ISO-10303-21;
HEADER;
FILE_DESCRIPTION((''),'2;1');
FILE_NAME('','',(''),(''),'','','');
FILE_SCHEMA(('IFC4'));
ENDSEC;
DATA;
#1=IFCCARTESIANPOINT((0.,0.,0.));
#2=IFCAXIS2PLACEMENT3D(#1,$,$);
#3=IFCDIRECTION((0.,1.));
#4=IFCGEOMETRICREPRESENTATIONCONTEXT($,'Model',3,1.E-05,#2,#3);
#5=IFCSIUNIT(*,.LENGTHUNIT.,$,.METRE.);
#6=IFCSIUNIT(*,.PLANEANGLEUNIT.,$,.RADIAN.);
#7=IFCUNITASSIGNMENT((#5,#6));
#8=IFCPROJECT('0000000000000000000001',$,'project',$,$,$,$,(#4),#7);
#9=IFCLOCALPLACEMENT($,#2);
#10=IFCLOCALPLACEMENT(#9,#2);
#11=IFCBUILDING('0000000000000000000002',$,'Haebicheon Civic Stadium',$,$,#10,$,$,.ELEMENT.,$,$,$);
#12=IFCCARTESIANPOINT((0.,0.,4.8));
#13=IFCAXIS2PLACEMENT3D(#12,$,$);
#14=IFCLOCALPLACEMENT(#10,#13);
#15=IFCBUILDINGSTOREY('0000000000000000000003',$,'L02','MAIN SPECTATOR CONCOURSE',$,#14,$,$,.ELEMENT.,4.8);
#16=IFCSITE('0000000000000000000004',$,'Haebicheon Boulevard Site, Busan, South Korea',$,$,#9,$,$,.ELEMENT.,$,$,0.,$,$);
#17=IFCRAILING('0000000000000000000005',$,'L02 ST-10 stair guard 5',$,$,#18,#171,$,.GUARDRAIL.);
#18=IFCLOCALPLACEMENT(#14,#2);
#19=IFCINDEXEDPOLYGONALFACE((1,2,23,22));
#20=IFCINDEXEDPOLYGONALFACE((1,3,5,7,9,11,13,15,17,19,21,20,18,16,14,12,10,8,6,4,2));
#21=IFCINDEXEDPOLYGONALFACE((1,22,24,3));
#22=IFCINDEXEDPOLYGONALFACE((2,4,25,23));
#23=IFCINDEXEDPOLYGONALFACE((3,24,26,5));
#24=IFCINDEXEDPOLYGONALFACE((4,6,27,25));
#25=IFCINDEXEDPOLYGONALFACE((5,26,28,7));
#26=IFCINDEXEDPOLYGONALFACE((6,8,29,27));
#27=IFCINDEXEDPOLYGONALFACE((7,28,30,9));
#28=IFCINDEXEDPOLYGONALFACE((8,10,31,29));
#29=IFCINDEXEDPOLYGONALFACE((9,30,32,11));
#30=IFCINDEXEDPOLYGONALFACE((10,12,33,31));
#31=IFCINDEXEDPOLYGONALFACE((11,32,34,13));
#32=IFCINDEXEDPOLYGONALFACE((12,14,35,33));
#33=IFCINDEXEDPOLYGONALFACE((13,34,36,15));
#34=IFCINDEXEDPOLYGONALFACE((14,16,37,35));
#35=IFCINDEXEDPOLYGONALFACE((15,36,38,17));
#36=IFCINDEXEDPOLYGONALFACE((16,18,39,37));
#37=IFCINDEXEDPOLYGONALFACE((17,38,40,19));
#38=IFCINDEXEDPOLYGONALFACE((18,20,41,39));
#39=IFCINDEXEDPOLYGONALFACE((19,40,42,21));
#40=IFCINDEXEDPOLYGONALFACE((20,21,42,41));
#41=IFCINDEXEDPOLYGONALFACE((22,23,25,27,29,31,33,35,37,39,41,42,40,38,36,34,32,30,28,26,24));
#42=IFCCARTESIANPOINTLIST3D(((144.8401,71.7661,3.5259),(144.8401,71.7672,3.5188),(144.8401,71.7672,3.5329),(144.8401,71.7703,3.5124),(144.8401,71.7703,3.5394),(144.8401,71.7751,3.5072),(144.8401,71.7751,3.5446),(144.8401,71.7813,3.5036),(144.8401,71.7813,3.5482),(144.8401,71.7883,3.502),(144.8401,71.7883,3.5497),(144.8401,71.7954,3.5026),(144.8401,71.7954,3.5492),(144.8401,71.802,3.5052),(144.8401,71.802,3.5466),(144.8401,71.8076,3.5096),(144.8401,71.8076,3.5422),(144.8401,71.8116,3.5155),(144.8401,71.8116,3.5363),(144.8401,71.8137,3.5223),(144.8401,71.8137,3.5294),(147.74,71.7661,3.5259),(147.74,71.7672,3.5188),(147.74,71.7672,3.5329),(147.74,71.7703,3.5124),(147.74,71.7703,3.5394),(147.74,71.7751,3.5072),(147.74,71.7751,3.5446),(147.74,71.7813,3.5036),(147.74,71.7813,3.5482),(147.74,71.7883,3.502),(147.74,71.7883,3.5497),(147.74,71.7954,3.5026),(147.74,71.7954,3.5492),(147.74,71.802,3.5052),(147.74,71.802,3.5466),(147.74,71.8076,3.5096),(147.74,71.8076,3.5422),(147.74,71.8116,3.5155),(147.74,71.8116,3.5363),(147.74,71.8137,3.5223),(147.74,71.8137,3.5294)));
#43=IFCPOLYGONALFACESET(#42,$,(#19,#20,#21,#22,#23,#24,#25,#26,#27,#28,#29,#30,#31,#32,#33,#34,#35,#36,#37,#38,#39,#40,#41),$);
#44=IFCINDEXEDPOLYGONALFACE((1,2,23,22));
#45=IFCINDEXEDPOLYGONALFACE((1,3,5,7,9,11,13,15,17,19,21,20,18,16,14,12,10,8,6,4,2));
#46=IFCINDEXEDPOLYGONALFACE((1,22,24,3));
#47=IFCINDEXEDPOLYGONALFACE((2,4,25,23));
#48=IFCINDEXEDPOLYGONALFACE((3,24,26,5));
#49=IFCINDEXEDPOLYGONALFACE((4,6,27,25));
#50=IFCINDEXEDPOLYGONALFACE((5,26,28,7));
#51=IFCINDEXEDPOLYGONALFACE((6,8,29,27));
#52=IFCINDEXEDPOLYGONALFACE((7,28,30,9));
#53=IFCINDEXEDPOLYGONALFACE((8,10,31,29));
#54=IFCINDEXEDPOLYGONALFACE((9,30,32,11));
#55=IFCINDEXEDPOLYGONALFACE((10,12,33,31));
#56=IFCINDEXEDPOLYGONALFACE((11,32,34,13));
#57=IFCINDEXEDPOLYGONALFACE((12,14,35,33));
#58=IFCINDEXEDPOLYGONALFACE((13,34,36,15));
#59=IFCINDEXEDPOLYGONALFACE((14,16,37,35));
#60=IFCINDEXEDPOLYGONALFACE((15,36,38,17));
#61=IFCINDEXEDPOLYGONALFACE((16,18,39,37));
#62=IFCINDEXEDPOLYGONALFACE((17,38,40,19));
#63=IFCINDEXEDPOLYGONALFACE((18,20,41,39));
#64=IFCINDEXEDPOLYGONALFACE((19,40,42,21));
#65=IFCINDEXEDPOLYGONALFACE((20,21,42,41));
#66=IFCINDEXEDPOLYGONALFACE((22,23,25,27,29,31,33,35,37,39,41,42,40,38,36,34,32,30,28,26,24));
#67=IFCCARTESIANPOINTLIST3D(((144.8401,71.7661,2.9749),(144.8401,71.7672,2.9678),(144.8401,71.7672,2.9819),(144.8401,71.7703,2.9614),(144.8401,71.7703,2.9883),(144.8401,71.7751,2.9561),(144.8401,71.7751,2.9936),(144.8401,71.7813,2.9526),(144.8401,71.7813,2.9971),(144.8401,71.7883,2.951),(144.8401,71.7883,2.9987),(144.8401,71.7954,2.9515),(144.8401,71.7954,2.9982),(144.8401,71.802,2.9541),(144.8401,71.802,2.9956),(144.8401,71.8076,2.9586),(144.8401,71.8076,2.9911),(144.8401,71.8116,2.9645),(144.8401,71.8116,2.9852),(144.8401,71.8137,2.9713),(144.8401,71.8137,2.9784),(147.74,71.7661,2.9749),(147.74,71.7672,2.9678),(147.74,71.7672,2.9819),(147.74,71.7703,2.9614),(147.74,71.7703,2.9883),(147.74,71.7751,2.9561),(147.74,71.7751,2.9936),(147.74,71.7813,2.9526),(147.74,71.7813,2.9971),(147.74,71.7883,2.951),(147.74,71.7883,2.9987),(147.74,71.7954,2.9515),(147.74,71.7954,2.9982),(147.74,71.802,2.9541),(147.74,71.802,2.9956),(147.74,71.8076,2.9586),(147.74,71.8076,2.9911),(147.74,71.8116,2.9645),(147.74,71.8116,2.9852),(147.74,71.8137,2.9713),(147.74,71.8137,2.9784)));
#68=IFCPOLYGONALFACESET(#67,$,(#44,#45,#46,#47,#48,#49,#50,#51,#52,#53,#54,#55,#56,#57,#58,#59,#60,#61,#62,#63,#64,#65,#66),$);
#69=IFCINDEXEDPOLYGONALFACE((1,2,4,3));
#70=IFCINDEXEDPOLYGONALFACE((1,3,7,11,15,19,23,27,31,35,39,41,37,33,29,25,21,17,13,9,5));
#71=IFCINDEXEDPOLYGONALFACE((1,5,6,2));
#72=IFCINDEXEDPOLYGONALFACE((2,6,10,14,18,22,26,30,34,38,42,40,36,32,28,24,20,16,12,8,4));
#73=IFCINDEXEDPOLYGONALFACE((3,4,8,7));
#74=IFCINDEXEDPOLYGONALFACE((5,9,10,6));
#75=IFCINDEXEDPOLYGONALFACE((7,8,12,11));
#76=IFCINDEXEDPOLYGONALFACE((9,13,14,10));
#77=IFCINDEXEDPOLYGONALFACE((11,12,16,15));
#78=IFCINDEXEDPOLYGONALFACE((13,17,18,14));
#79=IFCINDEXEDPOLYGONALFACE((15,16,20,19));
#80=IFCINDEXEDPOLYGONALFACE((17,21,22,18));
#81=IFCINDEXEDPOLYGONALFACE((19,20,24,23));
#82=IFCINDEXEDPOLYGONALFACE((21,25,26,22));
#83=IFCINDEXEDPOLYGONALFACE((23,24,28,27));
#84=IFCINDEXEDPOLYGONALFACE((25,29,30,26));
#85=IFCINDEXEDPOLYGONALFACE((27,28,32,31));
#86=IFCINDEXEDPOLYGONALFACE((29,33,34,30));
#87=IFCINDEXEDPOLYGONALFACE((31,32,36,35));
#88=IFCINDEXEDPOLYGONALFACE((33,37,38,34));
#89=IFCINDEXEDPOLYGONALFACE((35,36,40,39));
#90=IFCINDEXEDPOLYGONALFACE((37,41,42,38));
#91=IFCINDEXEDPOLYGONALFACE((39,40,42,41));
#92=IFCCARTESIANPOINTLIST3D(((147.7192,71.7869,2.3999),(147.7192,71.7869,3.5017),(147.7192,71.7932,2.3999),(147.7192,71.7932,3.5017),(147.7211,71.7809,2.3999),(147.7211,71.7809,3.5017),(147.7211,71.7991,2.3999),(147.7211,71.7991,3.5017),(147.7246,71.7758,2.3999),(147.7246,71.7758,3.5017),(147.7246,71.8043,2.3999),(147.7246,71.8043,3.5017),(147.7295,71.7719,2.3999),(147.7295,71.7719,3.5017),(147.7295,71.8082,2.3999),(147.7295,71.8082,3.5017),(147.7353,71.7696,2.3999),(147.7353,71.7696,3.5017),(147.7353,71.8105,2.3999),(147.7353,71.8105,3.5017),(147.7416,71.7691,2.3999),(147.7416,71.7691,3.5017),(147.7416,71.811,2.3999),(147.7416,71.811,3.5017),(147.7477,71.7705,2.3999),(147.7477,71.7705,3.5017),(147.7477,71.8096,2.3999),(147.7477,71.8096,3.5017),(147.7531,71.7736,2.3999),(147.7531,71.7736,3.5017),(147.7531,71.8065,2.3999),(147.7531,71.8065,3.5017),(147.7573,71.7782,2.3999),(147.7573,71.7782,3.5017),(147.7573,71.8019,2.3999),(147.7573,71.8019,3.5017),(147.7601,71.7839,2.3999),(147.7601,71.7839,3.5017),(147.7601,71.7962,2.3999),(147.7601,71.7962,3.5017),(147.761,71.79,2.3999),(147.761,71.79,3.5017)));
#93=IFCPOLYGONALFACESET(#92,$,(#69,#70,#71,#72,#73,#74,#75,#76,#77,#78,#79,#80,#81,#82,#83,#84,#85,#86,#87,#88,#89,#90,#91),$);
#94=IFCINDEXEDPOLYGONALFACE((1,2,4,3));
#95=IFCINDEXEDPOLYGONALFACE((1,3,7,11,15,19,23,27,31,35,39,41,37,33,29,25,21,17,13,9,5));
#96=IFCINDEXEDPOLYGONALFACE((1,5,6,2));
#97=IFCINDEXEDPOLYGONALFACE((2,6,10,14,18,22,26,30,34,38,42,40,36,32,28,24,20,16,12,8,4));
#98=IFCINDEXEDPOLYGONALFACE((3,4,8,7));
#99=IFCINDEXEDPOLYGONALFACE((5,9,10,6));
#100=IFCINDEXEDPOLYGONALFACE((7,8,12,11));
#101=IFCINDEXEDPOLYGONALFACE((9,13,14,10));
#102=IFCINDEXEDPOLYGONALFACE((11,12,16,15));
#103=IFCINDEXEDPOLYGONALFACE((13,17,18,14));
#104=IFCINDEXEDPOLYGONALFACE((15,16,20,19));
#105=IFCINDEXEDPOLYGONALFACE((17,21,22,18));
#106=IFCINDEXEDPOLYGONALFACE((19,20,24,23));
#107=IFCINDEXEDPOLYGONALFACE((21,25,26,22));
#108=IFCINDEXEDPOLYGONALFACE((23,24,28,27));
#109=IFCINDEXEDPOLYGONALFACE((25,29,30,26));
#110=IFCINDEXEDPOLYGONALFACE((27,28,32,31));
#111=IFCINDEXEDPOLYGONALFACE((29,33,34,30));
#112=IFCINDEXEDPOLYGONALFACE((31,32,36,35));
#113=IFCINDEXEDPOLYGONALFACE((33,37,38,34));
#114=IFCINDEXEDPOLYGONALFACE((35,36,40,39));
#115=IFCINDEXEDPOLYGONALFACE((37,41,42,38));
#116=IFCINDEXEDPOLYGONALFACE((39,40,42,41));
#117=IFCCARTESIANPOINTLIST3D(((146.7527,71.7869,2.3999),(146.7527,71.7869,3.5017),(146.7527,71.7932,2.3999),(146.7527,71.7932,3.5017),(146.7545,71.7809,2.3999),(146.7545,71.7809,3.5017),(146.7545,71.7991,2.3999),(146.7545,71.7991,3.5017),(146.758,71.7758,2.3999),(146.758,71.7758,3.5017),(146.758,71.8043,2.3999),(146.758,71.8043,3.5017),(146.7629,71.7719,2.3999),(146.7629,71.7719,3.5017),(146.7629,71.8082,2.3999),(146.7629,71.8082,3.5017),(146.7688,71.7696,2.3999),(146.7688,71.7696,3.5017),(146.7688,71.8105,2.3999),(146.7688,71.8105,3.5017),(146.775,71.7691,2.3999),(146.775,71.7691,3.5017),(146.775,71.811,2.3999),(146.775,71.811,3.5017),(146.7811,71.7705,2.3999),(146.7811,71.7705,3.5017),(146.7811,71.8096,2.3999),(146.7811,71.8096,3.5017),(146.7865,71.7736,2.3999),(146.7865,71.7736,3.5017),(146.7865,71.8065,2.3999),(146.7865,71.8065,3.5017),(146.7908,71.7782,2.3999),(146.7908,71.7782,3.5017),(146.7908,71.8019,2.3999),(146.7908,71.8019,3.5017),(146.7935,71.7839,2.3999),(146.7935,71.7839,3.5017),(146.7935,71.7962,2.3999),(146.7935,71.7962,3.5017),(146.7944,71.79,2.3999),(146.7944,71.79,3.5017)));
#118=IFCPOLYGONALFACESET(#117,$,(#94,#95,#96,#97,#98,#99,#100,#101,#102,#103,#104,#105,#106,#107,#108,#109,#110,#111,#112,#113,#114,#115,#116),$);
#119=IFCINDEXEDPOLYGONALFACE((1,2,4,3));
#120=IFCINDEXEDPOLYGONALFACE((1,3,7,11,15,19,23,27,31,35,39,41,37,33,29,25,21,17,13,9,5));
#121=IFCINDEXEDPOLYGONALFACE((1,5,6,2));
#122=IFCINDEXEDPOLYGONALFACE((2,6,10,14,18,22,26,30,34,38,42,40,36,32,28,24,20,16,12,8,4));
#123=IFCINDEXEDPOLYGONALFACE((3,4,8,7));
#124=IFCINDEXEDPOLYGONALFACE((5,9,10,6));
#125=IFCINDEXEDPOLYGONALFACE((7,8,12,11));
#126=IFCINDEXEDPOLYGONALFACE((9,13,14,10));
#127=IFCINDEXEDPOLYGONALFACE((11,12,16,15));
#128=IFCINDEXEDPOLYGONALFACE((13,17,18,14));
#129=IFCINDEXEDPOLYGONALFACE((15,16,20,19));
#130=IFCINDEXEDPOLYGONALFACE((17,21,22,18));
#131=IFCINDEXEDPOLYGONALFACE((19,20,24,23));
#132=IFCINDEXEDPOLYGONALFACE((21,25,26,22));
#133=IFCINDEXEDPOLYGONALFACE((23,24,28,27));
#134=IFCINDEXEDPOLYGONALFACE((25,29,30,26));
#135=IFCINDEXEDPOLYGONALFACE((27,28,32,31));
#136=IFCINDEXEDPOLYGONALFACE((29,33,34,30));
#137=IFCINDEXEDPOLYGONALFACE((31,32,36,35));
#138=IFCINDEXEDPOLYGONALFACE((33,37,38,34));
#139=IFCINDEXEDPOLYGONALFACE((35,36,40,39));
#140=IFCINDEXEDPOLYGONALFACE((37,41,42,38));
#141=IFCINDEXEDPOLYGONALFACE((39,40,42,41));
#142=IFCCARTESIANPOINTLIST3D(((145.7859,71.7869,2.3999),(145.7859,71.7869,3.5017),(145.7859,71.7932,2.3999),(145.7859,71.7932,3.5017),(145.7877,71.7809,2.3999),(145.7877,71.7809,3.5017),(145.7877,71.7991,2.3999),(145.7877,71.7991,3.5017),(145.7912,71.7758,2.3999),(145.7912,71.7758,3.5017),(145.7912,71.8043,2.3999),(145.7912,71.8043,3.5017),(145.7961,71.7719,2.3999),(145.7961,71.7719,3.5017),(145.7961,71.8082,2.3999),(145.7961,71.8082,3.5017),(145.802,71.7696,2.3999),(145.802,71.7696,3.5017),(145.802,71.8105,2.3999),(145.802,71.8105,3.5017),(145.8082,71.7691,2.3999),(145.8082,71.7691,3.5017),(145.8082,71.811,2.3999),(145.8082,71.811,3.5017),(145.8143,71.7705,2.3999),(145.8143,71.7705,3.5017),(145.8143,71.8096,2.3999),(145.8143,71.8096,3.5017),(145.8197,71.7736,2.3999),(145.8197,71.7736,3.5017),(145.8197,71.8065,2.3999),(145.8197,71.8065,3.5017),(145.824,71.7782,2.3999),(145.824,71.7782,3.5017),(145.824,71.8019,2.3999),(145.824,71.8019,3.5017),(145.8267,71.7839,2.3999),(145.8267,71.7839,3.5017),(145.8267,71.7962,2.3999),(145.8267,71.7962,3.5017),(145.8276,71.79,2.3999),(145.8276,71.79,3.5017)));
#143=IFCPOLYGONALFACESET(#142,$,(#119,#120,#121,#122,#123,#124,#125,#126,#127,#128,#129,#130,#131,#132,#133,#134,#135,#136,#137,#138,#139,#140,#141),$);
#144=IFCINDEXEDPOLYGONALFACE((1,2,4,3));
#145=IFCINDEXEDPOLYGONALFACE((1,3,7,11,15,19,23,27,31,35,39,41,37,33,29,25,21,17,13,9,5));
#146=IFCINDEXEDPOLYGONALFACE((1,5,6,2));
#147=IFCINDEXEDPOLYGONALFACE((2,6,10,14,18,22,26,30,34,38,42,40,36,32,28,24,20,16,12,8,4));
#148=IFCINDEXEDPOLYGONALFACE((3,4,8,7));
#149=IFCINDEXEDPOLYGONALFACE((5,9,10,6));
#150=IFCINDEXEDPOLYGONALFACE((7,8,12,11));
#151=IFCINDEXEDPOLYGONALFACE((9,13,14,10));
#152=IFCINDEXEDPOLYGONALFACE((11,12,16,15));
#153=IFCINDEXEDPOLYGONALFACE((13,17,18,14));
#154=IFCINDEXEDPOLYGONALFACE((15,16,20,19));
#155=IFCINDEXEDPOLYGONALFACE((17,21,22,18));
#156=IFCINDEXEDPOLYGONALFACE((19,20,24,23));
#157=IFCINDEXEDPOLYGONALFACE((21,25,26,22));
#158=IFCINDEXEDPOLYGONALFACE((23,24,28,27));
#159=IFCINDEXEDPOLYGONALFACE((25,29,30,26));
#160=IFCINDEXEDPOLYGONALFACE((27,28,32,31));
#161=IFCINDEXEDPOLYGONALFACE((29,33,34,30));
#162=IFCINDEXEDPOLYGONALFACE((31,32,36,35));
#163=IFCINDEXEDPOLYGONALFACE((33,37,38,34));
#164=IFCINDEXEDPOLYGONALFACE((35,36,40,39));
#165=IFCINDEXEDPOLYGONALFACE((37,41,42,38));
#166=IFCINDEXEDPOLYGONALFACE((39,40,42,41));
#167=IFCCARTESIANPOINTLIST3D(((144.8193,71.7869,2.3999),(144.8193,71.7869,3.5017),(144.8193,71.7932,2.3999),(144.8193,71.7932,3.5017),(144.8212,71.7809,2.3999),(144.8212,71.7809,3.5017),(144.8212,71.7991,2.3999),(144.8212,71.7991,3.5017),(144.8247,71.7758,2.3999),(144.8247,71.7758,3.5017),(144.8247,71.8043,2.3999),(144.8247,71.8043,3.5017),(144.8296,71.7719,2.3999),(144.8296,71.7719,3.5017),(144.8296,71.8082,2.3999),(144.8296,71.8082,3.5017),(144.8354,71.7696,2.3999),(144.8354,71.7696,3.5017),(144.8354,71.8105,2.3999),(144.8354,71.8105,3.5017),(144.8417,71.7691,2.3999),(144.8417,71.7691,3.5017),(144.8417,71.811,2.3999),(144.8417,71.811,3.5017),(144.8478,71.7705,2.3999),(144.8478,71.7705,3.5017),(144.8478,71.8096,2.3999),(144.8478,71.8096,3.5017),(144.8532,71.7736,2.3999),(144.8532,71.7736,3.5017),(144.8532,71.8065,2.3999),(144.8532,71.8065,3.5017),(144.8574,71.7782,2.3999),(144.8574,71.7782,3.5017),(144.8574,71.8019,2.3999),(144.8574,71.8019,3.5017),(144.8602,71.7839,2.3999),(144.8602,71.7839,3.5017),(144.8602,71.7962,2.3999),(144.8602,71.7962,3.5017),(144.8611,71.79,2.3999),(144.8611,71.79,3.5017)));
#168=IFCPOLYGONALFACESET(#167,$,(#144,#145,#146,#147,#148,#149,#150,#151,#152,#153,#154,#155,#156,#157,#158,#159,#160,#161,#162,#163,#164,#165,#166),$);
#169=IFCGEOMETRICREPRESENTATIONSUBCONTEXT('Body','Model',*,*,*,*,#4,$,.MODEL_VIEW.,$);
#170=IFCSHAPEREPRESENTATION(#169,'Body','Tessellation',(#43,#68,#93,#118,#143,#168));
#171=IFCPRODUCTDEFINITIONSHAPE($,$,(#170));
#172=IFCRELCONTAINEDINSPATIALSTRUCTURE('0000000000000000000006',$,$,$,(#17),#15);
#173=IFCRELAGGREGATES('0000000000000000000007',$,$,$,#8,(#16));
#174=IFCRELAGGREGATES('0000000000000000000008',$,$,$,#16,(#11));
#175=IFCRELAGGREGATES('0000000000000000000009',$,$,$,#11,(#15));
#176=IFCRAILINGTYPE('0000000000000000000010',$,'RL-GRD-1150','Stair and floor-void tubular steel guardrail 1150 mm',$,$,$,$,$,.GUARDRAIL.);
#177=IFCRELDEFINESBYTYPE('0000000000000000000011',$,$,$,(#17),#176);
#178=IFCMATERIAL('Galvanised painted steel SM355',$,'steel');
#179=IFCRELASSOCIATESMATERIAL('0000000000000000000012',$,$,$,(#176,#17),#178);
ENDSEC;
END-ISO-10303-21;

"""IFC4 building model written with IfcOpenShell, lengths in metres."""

from ifc_helpers import new_model, si_unit, direction, frame, origin, origin_2d, place, context, subcontext, project, spatial, circle, extrude, material, type_object, element, save


model = new_model("IFC4")

# Units and contexts
model_context = context("Model", 3, precision=1e-05, world=origin(), true_north=direction((0.0, 1.0)))
body_context = subcontext(model_context, "Body", "Model", "MODEL_VIEW")
ifc_project = project(units=[si_unit("LENGTHUNIT", "METRE"), si_unit("PLANEANGLEUNIT", "RADIAN")], contexts=[model_context])

# Site, building, storey
site_placement = place(None, origin())
site = spatial("IfcSite", under=ifc_project, at=site_placement, Name="Haebicheon Boulevard Site, Busan, South Korea", CompositionType="ELEMENT", RefElevation=0.0)
building_placement = place(site_placement, origin())
building = spatial("IfcBuilding", under=site, at=building_placement, Name="Haebicheon Civic Stadium", CompositionType="ELEMENT")
storey_placement = place(building_placement, frame((0.0, 0.0, 4.8)))
storey = spatial("IfcBuildingStorey", under=building, at=storey_placement, Name="L02", Description="MAIN SPECTATOR CONCOURSE", CompositionType="ELEMENT", Elevation=4.8)

# Railing
ifc_material_1 = material(Name="Galvanised painted steel SM355", Category="steel")
railing_type_1 = type_object("IfcRailingType", Name="RL-GRD-1150", Description="Stair and floor-void tubular steel guardrail 1150 mm", PredefinedType="GUARDRAIL", material=ifc_material_1)
railing_1_placement = place(storey_placement, frame((147.74, 71.79, 2.3999)))
element("IfcRailing", 1, at=railing_1_placement, inside=storey, type_object=railing_type_1, material=ifc_material_1, Name="L02 ST-10 stair guard 5", PredefinedType="GUARDRAIL", context=body_context, shape_type="SweptSolid", body=[
    extrude(circle(Radius=0.0239, at=origin_2d()), frame((0.0, 0.0, 1.126), z_axis=(-1.0, 0.0, 0.0), x_axis=(0.0, -1.0, 0.0)), (0.0, 0.0, 1.0), 2.8999),
    extrude(circle(Radius=0.0239, at=origin_2d()), frame((0.0, 0.0, 0.575), z_axis=(-1.0, 0.0, 0.0), x_axis=(0.0, -1.0, 0.0)), (0.0, 0.0, 1.0), 2.8999),
    extrude(circle(Radius=0.021, at=origin_2d()), origin(), (0.0, 0.0, 1.0), 1.1018),
    extrude(circle(Radius=0.021, at=origin_2d()), frame((-0.9666, 0.0, 0.0)), (0.0, 0.0, 1.0), 1.1018),
    extrude(circle(Radius=0.021, at=origin_2d()), frame((-1.9333, 0.0, 0.0)), (0.0, 0.0, 1.0), 1.1018),
    extrude(circle(Radius=0.021, at=origin_2d()), frame((-2.8999, 0.0, 0.0)), (0.0, 0.0, 1.0), 1.1018),
])

save(model, "model.ifc")
